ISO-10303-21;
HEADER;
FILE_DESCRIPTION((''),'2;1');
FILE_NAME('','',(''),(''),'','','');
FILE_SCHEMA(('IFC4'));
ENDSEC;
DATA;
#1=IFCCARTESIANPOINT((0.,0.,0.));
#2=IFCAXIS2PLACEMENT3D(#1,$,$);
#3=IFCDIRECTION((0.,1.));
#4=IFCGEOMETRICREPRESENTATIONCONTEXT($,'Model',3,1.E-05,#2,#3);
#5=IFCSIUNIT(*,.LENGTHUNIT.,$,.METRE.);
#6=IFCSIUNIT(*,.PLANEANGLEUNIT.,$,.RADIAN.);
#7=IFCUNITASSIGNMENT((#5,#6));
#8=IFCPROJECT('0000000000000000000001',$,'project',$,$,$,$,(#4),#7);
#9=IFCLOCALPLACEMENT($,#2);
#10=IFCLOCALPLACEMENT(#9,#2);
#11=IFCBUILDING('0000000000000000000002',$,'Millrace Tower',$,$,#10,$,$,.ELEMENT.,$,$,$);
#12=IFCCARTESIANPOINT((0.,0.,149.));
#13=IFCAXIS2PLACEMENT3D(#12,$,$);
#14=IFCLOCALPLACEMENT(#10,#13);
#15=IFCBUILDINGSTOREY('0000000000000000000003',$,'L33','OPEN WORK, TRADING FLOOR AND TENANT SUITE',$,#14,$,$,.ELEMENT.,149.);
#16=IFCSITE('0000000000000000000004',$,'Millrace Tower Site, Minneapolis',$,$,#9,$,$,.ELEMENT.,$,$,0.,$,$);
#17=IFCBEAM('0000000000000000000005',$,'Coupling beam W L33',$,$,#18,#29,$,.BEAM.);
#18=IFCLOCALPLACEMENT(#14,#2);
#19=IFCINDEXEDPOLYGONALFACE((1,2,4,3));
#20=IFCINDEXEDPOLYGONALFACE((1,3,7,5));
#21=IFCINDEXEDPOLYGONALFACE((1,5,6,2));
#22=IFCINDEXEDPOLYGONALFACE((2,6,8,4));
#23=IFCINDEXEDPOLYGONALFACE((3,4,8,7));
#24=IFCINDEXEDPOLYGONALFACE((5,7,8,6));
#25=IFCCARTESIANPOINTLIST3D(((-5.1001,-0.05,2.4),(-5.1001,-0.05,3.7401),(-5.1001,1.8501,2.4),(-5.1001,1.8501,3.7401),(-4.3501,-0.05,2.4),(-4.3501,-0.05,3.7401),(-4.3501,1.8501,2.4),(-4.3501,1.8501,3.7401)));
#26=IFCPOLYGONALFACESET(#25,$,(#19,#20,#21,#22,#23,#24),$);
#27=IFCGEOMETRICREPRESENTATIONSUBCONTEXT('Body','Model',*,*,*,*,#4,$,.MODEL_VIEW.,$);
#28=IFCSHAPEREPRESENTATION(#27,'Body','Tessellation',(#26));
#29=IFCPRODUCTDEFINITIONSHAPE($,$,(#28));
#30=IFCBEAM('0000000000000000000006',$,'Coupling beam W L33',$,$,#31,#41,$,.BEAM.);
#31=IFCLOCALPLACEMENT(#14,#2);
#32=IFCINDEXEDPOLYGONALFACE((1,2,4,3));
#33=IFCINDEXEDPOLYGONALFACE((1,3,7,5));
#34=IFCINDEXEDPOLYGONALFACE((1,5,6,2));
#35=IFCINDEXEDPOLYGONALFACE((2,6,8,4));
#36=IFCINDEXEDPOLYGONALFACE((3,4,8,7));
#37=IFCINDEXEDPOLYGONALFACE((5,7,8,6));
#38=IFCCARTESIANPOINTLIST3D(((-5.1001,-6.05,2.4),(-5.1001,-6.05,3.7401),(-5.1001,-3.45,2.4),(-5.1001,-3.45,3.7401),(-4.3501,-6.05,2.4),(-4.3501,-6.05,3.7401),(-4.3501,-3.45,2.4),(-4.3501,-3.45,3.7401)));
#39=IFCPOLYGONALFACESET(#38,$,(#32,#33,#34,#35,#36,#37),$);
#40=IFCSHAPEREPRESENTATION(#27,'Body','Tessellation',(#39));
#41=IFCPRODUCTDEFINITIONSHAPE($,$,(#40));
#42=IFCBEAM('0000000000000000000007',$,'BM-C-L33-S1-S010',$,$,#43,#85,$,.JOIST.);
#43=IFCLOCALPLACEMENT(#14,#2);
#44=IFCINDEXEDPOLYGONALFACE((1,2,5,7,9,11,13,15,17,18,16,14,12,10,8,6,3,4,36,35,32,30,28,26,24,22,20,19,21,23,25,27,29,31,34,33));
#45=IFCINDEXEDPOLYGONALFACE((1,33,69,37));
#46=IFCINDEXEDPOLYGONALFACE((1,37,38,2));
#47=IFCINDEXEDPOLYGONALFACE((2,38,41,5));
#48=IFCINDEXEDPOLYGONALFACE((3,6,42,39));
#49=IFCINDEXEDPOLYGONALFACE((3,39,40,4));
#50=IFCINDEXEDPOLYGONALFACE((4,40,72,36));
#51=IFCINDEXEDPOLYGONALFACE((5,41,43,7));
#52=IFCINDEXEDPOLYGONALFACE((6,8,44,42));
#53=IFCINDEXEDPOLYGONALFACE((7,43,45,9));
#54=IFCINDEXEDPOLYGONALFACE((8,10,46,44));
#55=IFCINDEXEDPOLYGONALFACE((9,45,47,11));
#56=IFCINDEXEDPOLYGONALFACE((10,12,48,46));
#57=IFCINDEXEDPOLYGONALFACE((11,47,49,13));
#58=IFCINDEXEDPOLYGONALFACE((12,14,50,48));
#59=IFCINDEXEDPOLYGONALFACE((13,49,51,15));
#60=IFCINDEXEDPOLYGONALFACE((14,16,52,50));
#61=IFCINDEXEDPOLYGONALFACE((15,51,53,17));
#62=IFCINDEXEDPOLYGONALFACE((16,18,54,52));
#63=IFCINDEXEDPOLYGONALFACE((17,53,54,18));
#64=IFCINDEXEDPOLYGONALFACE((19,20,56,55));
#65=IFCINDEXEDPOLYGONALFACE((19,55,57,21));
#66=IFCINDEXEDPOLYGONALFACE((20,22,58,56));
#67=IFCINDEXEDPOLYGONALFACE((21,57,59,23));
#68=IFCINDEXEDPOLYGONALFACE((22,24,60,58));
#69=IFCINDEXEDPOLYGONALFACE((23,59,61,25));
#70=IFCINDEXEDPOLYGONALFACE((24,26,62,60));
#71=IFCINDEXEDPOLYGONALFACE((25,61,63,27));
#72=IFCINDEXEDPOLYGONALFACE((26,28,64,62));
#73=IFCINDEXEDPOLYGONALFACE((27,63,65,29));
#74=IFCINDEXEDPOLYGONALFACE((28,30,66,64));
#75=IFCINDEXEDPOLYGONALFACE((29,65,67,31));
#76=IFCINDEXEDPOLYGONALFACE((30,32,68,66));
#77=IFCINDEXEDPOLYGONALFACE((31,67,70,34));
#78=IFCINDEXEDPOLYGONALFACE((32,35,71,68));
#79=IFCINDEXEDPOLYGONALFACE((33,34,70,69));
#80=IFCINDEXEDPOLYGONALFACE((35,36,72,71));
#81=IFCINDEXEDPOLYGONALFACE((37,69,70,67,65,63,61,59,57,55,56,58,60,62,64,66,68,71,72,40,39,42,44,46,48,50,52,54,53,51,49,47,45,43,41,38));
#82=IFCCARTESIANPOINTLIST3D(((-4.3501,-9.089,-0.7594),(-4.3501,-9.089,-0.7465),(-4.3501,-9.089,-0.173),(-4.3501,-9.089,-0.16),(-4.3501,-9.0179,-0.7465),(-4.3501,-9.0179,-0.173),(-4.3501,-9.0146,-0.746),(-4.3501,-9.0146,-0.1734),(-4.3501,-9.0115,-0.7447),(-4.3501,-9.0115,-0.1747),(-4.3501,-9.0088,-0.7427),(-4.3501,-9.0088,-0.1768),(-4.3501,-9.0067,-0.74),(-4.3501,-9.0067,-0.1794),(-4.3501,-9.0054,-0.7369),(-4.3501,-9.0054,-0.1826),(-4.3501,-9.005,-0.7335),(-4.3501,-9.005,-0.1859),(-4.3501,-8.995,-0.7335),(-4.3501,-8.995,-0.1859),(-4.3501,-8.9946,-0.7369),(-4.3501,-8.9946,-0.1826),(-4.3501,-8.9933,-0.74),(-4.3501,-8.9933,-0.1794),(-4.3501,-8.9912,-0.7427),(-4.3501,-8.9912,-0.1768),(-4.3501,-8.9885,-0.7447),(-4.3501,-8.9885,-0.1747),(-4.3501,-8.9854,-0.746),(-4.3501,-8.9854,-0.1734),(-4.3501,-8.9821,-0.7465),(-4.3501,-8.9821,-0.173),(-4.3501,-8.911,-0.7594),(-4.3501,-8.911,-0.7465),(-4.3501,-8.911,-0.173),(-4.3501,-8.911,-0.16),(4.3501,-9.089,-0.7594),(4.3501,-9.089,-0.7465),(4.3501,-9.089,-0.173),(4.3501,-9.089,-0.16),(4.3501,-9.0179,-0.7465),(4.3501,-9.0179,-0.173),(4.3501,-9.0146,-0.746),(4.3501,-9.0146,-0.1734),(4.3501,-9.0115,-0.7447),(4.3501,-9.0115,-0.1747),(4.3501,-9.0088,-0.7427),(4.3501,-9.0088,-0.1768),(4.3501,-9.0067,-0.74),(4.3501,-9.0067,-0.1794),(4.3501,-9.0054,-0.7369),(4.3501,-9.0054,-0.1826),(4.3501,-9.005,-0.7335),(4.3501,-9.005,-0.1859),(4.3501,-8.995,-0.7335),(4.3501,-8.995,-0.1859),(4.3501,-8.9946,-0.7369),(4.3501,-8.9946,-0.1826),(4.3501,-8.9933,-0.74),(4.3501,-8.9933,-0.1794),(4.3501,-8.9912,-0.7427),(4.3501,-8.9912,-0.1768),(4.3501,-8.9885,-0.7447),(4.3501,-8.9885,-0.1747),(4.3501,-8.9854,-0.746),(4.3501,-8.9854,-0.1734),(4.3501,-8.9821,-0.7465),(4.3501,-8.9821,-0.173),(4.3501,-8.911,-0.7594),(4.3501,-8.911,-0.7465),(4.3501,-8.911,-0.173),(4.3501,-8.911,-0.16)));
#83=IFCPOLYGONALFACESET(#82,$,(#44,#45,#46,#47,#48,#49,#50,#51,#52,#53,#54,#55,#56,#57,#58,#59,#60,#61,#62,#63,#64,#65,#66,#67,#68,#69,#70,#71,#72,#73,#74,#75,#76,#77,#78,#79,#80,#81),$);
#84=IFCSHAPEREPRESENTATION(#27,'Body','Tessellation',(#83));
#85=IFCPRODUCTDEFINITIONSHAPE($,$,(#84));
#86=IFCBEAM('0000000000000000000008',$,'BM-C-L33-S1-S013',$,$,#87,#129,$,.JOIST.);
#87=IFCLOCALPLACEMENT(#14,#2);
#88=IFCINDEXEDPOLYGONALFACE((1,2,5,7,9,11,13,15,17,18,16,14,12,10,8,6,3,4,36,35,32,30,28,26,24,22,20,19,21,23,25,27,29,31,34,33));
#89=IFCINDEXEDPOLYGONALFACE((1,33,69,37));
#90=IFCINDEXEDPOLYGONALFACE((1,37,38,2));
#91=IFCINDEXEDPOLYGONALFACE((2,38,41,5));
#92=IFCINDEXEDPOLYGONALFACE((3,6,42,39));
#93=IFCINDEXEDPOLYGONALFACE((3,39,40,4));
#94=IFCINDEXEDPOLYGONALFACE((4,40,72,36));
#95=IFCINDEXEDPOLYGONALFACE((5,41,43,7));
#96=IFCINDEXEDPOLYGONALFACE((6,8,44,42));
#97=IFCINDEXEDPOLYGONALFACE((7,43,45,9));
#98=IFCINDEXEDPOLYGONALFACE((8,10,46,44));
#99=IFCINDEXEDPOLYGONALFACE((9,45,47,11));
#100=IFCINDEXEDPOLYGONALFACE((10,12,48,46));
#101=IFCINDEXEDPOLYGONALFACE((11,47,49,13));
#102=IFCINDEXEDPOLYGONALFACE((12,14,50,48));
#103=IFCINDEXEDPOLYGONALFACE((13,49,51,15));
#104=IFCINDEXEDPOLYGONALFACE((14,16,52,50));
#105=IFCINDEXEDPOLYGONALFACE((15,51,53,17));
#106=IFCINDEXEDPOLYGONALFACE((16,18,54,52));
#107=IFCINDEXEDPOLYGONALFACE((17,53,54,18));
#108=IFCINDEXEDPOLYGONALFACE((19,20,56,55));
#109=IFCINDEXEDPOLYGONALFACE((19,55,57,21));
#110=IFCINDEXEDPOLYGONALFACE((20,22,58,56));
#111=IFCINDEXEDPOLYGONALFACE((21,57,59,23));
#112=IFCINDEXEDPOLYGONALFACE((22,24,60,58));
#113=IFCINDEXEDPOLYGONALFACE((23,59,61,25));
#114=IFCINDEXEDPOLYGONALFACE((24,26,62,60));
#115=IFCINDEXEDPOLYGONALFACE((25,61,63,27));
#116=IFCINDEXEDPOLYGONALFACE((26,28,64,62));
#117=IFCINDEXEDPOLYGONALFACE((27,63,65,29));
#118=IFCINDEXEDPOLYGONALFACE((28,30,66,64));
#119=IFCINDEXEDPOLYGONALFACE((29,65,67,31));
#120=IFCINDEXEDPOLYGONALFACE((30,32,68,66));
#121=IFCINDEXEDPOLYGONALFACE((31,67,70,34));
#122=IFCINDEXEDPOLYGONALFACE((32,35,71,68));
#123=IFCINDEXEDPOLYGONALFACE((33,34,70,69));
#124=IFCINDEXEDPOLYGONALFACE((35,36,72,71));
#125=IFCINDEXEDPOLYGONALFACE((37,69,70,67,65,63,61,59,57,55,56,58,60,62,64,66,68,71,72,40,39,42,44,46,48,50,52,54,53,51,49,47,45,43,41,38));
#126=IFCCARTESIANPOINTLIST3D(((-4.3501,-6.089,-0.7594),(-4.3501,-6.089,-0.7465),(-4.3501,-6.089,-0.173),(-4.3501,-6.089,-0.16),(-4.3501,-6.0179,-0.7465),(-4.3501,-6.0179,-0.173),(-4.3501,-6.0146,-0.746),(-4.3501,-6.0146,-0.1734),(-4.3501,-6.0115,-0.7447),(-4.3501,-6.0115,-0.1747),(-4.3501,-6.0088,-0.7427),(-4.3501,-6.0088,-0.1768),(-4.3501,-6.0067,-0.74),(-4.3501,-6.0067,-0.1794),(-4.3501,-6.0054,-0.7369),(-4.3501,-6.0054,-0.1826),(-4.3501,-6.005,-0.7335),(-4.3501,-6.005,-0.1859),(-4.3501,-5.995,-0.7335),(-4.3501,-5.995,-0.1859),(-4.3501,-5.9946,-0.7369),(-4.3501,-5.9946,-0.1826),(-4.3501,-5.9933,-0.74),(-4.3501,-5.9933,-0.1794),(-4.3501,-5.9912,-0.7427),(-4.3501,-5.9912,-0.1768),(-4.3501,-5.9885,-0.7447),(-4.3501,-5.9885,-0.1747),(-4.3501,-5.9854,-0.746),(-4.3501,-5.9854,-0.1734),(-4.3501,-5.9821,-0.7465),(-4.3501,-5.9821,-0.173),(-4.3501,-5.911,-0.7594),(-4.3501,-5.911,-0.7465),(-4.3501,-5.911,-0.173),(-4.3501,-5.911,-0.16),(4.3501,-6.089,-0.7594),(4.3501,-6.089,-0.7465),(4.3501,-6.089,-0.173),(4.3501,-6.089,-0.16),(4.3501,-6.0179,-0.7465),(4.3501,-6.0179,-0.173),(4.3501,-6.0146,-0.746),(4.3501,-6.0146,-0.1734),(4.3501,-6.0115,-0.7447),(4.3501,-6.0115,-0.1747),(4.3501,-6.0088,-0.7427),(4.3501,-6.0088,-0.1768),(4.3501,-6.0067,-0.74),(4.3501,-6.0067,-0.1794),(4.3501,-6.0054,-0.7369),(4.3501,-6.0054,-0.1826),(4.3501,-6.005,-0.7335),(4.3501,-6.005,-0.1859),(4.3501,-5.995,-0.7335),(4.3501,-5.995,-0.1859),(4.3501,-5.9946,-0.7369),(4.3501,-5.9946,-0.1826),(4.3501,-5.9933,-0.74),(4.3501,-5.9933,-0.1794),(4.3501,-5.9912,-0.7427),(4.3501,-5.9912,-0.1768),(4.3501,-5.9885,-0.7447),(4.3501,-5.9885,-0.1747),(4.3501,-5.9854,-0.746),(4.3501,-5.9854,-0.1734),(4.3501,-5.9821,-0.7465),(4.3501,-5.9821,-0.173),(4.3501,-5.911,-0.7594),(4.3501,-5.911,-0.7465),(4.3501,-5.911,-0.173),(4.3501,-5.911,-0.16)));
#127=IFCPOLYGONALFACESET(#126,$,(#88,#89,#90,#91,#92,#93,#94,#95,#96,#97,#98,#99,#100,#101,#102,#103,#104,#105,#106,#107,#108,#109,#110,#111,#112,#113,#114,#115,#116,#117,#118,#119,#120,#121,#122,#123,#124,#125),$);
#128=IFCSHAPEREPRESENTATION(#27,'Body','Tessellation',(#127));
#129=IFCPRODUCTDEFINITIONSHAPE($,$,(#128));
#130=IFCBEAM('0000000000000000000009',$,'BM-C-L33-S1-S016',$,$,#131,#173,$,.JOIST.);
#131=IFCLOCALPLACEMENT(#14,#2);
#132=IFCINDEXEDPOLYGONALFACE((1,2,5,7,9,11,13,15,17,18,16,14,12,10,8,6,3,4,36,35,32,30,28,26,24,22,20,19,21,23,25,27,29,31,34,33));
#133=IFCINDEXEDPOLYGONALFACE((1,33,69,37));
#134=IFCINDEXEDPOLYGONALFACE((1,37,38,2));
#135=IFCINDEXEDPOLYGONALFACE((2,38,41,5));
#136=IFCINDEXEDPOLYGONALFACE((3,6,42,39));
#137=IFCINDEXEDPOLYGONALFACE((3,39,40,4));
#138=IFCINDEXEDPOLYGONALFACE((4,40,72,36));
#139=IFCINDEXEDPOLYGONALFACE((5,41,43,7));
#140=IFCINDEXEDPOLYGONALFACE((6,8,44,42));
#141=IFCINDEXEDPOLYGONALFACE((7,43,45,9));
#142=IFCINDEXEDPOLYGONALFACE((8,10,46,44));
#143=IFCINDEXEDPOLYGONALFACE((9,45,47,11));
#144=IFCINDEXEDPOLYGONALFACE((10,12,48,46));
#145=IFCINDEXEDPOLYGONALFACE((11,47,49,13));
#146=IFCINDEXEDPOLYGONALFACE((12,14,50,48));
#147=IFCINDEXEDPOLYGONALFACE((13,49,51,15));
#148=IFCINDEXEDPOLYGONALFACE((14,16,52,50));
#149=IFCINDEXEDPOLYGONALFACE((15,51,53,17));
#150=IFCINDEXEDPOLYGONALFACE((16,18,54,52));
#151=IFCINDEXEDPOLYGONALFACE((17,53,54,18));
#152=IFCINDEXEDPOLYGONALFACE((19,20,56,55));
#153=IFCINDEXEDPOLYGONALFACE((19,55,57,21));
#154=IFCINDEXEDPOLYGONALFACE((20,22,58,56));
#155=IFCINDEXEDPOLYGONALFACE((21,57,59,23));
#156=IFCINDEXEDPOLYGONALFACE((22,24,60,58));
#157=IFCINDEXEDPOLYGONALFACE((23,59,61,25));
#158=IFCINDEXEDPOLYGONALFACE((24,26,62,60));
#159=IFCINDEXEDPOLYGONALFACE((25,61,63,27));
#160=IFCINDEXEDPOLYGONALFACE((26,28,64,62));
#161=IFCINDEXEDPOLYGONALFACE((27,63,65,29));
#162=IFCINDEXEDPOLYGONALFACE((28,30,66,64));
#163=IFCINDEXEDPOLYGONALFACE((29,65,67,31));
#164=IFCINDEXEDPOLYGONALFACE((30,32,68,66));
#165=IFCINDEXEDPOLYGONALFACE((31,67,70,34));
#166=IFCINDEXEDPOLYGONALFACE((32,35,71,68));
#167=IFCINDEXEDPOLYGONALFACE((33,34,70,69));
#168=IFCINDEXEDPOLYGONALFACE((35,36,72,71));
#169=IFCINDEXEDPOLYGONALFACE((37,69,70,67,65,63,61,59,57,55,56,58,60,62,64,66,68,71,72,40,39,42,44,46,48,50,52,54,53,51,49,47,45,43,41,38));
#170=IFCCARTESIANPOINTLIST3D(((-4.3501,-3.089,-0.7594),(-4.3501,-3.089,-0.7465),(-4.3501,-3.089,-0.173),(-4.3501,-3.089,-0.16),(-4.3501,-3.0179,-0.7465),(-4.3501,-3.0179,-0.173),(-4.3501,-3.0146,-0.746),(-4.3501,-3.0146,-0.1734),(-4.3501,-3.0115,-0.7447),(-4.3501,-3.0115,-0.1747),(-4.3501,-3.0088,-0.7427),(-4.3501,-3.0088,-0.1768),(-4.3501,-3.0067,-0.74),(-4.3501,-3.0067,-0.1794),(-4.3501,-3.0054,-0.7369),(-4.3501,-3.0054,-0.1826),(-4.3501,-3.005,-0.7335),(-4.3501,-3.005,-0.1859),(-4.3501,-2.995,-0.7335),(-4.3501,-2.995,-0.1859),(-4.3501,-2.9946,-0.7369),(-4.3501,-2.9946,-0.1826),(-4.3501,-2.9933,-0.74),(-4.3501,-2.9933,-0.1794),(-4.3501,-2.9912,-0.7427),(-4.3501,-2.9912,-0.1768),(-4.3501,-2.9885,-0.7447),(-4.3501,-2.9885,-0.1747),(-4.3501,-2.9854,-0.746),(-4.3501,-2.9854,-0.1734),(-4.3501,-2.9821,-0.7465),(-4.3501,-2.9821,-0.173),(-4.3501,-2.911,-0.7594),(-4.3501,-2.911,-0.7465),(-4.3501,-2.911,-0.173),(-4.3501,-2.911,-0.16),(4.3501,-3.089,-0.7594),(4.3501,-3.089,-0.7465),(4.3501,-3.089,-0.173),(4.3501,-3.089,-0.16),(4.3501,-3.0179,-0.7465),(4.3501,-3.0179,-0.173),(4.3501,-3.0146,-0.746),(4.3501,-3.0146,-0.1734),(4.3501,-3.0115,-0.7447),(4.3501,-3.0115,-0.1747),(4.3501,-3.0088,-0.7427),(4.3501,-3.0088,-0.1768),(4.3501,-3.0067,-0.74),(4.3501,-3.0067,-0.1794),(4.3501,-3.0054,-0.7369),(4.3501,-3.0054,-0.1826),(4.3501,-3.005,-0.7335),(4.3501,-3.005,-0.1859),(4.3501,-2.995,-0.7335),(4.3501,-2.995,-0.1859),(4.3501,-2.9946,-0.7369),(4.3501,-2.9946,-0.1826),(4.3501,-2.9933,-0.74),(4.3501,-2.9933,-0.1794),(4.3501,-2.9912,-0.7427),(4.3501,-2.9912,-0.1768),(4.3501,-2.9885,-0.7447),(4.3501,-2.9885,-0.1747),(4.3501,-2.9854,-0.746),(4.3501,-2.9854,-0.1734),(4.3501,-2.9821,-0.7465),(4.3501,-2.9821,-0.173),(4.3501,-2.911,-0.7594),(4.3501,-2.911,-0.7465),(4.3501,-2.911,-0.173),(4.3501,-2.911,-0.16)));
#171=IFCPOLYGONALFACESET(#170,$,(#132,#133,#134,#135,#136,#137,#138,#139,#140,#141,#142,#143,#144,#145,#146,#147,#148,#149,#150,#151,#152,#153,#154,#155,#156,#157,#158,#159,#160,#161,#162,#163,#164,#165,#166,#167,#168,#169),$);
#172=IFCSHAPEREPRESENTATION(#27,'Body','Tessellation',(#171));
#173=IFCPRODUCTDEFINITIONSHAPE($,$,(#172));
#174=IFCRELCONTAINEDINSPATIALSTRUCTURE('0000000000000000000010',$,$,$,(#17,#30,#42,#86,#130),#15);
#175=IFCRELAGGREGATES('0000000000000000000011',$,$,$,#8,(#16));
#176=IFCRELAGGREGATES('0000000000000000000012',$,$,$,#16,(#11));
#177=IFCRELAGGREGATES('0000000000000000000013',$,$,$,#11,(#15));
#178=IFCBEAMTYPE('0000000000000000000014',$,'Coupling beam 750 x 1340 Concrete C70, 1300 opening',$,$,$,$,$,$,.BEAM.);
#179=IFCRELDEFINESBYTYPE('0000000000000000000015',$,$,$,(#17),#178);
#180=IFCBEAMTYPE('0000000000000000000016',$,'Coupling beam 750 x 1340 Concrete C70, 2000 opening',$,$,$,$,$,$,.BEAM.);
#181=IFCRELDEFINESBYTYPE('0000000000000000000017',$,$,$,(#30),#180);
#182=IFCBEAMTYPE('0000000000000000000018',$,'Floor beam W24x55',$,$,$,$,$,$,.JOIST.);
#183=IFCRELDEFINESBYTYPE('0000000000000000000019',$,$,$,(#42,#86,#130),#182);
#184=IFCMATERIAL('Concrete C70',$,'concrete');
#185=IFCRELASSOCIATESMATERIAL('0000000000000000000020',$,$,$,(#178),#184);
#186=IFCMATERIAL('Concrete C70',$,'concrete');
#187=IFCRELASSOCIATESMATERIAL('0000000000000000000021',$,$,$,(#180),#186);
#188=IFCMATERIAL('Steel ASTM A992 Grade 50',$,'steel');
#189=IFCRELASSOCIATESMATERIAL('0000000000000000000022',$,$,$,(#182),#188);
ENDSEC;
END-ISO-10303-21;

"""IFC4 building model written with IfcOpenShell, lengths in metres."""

from ifc_helpers import new_model, si_unit, direction, frame, origin, origin_2d, place, context, subcontext, project, spatial, rectangle, i_section, extrude, material, material_profile, profile_set, type_object, element, save


model = new_model("IFC4")

# Units and contexts
model_context = context("Model", 3, precision=1e-05, world=origin(), true_north=direction((0.0, 1.0)))
body_context = subcontext(model_context, "Body", "Model", "MODEL_VIEW")
ifc_project = project(units=[si_unit("LENGTHUNIT", "METRE"), si_unit("PLANEANGLEUNIT", "RADIAN")], contexts=[model_context])

# Site, building, storey
site_placement = place(None, origin())
site = spatial("IfcSite", under=ifc_project, at=site_placement, Name="Millrace Tower Site, Minneapolis", CompositionType="ELEMENT", RefElevation=0.0)
building_placement = place(site_placement, origin())
building = spatial("IfcBuilding", under=site, at=building_placement, Name="Millrace Tower", CompositionType="ELEMENT")
storey_placement = place(building_placement, frame((0.0, 0.0, 149.0)))
storey = spatial("IfcBuildingStorey", under=building, at=storey_placement, Name="L33", Description="OPEN WORK, TRADING FLOOR AND TENANT SUITE", CompositionType="ELEMENT", Elevation=149.0)

# Beams
ifc_material_1 = material(Name="Concrete C70", Category="concrete")
ifc_material_profile_1 = material_profile(ifc_material_1, rectangle(XDim=0.75, YDim=1.3401, at=origin_2d()))
ifc_profile_set_1 = profile_set([ifc_material_profile_1], Name="Concrete C70")
beam_type_1 = type_object("IfcBeamType", Name="Coupling beam 750 x 1340 Concrete C70, 1300 opening", PredefinedType="BEAM", material=ifc_profile_set_1)
beam_1_placement = place(storey_placement, frame((-4.7251, -0.05, 3.0701), z_axis=(0.0, 1.0, 0.0), x_axis=(-1.0, 0.0, 0.0)))
element("IfcBeam", 1, at=beam_1_placement, inside=storey, type_object=beam_type_1, Name="Coupling beam W L33", PredefinedType="BEAM", context=body_context, shape_type="SweptSolid", body=[
    extrude(rectangle(XDim=0.75, YDim=1.3401, at=origin_2d()), origin(), (0.0, 0.0, 1.0), 1.9001),
])
ifc_material_2 = material(Name="Concrete C70", Category="concrete")
ifc_material_profile_2 = material_profile(ifc_material_2, rectangle(XDim=0.75, YDim=1.3401, at=origin_2d()))
ifc_profile_set_2 = profile_set([ifc_material_profile_2], Name="Concrete C70")
beam_type_2 = type_object("IfcBeamType", Name="Coupling beam 750 x 1340 Concrete C70, 2000 opening", PredefinedType="BEAM", material=ifc_profile_set_2)
beam_2_placement = place(storey_placement, frame((-4.7251, -6.05, 3.0701), z_axis=(0.0, 1.0, 0.0), x_axis=(-1.0, 0.0, 0.0)))
element("IfcBeam", 2, at=beam_2_placement, inside=storey, type_object=beam_type_2, Name="Coupling beam W L33", PredefinedType="BEAM", context=body_context, shape_type="SweptSolid", body=[
    extrude(rectangle(XDim=0.75, YDim=1.3401, at=origin_2d()), origin(), (0.0, 0.0, 1.0), 2.6001),
])
ifc_material_3 = material(Name="Steel ASTM A992 Grade 50", Category="steel")
ifc_material_profile_3 = material_profile(ifc_material_3, i_section(OverallWidth=0.178, OverallDepth=0.5994, WebThickness=0.01, FlangeThickness=0.0129, FilletRadius=0.0129, at=origin_2d()))
ifc_profile_set_3 = profile_set([ifc_material_profile_3], Name="Steel ASTM A992 Grade 50")
beam_type_3 = type_object("IfcBeamType", Name="Floor beam W24x55", PredefinedType="JOIST", material=ifc_profile_set_3)
for number, where, z_axis, x_axis, name in (
    (3, (-4.3501, -9.0, -0.4597), (1.0, 0.0, 0.0), (0.0, 1.0, 0.0), "BM-C-L33-S1-S010"),
    (4, (-4.3501, -6.0, -0.4597), (1.0, 0.0, 0.0), (0.0, 1.0, 0.0), "BM-C-L33-S1-S013"),
    (5, (-4.3501, -3.0, -0.4597), (1.0, 0.0, 0.0), (0.0, 1.0, 0.0), "BM-C-L33-S1-S016"),
):
    element("IfcBeam", number, at=place(storey_placement, frame(where, z_axis=z_axis, x_axis=x_axis)), inside=storey, type_object=beam_type_3, Name=name, PredefinedType="JOIST", context=body_context, shape_type="SweptSolid", body=[
        extrude(i_section(OverallWidth=0.178, OverallDepth=0.5994, WebThickness=0.01, FlangeThickness=0.0129, FilletRadius=0.0129, at=origin_2d()), origin(), (0.0, 0.0, 1.0), 8.7002),
    ])

save(model, "model.ifc")
